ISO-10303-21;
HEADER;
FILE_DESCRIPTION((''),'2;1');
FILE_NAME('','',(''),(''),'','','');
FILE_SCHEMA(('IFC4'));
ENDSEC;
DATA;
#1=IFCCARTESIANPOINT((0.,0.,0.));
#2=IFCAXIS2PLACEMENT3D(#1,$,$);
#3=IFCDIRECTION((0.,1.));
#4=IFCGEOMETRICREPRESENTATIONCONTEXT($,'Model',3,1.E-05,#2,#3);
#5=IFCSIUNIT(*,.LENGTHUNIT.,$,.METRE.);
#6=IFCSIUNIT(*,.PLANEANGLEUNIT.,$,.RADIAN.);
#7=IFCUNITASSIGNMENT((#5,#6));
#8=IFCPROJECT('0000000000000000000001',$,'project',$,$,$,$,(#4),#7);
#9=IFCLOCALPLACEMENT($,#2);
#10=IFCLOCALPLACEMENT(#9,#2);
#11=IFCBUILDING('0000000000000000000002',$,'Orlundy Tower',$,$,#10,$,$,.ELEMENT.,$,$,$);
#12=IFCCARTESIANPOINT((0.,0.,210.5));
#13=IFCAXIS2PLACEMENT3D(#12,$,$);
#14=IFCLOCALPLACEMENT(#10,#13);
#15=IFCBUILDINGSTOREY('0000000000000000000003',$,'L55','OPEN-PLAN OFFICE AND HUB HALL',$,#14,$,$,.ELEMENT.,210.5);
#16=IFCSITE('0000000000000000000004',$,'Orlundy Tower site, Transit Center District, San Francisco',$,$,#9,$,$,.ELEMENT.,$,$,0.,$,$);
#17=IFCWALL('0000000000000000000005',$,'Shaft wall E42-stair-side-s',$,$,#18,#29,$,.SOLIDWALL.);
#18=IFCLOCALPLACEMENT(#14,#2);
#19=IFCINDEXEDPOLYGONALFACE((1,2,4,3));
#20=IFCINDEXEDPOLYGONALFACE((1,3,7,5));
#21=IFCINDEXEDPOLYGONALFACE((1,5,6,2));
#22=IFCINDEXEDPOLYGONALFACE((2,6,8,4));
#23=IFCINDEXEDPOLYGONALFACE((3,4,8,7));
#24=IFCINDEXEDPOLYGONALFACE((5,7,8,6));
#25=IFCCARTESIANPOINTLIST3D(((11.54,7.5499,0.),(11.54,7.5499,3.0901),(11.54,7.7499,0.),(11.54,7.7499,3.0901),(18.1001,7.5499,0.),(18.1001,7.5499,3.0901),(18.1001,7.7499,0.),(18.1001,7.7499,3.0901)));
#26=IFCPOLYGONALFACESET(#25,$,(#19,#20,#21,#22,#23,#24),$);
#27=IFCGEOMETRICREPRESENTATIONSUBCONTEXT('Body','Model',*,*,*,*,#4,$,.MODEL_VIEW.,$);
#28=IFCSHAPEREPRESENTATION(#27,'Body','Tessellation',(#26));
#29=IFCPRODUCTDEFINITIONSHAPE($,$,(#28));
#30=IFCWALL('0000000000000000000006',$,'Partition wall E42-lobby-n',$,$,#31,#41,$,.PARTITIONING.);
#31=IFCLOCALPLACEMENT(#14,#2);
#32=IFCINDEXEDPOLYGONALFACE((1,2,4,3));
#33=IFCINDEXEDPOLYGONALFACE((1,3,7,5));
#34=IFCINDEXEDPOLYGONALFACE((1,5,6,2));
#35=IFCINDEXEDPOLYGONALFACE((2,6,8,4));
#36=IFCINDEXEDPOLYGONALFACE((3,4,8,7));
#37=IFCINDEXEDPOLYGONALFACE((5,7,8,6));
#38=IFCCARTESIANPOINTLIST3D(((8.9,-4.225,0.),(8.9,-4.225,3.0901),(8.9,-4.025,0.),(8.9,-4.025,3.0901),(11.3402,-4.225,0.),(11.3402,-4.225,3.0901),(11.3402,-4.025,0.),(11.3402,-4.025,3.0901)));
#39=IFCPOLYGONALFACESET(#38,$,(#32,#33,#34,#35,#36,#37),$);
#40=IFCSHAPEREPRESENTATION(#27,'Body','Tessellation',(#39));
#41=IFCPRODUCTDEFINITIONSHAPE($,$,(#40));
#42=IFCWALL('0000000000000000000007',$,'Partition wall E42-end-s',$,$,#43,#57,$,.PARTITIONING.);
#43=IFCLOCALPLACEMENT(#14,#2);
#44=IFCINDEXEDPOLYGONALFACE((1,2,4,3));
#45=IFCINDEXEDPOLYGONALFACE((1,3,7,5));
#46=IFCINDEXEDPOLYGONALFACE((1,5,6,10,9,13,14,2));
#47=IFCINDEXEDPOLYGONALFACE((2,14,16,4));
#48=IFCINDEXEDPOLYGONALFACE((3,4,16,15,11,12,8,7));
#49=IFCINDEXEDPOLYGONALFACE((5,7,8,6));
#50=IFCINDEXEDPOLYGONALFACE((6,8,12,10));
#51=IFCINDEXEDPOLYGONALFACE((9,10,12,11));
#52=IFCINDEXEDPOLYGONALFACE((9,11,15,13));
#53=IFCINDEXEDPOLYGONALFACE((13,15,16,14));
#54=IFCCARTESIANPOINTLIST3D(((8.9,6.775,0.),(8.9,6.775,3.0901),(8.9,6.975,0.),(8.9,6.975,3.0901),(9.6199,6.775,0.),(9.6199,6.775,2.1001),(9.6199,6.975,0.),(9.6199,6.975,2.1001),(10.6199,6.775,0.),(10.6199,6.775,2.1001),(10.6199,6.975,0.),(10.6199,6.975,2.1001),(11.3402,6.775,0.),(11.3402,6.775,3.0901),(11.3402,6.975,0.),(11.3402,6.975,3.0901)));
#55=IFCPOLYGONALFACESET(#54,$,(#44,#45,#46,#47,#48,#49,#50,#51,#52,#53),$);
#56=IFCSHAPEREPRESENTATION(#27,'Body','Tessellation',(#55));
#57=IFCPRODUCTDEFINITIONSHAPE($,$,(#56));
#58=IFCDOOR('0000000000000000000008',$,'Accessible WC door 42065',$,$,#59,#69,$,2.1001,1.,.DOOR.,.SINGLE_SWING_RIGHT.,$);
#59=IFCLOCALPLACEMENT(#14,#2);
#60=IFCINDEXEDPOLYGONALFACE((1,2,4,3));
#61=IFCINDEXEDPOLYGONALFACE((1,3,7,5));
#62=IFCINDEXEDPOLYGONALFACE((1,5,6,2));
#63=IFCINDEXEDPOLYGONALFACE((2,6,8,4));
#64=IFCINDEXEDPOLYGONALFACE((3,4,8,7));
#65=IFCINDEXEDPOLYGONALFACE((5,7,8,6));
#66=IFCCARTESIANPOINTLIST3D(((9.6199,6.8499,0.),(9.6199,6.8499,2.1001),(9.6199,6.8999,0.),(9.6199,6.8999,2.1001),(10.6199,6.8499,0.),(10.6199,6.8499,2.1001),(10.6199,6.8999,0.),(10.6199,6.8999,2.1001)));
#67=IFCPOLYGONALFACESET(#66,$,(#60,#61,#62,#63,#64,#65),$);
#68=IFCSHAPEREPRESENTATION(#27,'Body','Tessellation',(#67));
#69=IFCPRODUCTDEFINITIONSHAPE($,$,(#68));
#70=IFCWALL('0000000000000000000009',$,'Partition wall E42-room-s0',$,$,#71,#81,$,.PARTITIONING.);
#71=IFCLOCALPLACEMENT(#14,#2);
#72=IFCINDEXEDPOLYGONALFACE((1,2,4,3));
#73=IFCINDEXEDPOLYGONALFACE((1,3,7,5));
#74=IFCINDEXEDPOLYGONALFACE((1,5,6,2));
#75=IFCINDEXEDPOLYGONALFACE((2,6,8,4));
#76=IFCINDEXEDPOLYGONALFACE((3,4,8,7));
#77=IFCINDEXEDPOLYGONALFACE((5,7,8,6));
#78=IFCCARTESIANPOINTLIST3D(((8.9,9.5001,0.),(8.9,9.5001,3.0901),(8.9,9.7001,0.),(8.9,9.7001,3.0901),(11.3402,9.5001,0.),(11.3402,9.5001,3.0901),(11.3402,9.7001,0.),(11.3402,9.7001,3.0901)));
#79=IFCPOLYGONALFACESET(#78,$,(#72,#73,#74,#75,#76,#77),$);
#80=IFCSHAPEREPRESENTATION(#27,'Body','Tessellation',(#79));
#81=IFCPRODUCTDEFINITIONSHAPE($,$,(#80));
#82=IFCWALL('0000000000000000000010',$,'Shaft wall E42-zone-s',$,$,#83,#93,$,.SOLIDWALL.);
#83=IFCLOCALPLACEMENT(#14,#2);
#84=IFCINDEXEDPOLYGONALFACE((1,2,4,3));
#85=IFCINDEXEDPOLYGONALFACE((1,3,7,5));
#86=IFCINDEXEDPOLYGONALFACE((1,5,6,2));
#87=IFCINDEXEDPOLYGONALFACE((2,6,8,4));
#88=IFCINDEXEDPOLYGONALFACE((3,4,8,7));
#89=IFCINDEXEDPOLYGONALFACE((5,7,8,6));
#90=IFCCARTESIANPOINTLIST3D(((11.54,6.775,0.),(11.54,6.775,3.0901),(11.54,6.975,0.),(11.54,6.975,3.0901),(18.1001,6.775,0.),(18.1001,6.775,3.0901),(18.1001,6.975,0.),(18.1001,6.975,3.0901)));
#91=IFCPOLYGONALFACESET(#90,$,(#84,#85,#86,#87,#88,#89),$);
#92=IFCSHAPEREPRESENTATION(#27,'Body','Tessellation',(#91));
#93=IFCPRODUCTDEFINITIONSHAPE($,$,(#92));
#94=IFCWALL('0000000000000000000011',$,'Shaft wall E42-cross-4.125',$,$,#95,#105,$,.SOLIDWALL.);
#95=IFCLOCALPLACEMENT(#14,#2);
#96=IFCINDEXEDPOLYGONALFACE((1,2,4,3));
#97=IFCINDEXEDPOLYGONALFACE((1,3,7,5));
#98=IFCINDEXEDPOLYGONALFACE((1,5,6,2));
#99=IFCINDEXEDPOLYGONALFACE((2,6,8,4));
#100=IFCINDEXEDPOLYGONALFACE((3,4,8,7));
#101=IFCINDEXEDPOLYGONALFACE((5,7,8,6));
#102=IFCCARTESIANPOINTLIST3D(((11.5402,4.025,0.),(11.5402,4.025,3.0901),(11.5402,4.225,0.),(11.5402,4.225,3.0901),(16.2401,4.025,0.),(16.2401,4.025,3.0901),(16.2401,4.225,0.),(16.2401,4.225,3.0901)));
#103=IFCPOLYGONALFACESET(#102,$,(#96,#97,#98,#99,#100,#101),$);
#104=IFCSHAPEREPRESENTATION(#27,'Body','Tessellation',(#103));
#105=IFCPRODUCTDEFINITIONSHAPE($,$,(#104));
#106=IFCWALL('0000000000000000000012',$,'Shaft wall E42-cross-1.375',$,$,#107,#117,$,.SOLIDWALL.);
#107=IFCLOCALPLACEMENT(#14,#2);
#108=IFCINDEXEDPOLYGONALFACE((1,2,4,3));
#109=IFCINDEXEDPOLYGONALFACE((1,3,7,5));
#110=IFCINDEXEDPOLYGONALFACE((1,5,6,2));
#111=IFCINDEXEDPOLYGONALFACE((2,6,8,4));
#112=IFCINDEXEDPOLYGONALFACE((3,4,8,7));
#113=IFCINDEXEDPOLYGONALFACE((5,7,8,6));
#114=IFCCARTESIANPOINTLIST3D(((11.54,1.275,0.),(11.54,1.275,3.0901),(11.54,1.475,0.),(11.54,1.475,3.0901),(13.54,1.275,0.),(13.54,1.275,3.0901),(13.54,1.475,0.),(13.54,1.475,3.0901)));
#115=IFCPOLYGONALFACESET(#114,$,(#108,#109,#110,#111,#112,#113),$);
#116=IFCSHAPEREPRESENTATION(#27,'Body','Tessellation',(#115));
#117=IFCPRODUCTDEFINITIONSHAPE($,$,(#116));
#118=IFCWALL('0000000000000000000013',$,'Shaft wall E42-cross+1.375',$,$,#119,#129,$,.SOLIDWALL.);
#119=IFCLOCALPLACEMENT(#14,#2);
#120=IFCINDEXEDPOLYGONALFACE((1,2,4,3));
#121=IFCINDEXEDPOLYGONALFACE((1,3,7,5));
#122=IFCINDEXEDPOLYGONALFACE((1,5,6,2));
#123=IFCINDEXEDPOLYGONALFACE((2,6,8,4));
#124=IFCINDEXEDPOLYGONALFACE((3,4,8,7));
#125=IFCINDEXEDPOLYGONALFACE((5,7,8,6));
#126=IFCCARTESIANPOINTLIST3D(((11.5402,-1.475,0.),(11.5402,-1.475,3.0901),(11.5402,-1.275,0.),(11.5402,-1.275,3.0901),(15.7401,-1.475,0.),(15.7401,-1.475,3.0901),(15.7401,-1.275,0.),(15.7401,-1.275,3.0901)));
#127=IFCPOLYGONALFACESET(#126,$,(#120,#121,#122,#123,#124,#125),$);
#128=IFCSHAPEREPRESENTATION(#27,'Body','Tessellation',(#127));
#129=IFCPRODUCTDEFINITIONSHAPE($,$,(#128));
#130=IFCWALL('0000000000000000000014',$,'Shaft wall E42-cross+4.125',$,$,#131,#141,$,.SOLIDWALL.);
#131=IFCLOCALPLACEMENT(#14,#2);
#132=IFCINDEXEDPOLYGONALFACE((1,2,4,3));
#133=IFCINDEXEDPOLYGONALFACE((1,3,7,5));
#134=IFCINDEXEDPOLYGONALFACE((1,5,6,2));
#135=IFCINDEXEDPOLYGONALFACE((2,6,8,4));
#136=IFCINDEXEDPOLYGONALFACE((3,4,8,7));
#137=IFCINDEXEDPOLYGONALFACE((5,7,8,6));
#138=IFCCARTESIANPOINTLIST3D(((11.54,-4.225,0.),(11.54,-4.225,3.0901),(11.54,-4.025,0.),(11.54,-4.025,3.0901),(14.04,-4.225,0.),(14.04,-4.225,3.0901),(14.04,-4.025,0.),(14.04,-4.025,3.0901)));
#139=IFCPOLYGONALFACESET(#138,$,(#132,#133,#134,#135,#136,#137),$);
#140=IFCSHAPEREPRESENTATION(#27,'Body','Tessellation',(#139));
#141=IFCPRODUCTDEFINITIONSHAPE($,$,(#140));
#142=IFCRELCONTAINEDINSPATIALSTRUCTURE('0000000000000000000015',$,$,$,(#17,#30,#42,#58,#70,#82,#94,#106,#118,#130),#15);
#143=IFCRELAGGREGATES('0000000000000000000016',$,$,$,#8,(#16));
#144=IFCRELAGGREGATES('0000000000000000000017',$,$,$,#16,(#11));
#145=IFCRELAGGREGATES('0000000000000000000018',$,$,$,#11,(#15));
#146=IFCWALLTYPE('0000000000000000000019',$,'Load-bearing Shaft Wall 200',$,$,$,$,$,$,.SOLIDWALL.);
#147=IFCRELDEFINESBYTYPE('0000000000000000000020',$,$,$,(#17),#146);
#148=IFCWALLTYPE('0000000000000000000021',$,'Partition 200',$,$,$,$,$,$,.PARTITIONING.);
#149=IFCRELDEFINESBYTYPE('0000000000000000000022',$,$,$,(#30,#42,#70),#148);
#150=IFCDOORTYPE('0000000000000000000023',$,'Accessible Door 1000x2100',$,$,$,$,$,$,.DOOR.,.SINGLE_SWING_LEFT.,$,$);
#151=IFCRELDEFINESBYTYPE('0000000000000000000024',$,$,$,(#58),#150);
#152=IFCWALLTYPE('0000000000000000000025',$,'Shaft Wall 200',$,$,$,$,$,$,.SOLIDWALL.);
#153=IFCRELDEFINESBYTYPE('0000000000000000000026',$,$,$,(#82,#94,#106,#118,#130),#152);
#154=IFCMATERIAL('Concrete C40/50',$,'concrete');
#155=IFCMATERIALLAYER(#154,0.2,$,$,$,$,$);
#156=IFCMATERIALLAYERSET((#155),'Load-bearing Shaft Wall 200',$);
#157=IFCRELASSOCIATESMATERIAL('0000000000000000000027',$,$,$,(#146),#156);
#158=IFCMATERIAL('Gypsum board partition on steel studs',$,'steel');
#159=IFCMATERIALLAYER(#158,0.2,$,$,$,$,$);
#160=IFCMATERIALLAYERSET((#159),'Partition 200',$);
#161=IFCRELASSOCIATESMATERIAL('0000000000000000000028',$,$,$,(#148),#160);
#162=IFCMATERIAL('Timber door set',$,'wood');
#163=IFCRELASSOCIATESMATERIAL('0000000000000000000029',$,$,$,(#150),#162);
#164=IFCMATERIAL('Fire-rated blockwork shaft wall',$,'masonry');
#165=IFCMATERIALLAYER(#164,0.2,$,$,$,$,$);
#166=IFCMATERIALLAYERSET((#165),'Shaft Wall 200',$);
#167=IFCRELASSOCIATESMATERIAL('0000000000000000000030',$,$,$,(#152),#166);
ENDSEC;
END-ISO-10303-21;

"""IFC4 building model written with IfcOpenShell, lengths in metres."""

from ifc_helpers import new_model, si_unit, direction, frame, frame_2d, origin, place, context, subcontext, project, spatial, rectangle, extrude, material, layer, layer_set, type_object, element, fill, save


model = new_model("IFC4")

# Units and contexts
model_context = context("Model", 3, precision=1e-05, world=origin(), true_north=direction((0.0, 1.0)))
body_context = subcontext(model_context, "Body", "Model", "MODEL_VIEW")
ifc_project = project(units=[si_unit("LENGTHUNIT", "METRE"), si_unit("PLANEANGLEUNIT", "RADIAN")], contexts=[model_context])

# Site, building, storey
site_placement = place(None, origin())
site = spatial("IfcSite", under=ifc_project, at=site_placement, Name="Orlundy Tower site, Transit Center District, San Francisco", CompositionType="ELEMENT", RefElevation=0.0)
building_placement = place(site_placement, origin())
building = spatial("IfcBuilding", under=site, at=building_placement, Name="Orlundy Tower", CompositionType="ELEMENT")
storey_placement = place(building_placement, frame((0.0, 0.0, 210.5)))
storey = spatial("IfcBuildingStorey", under=building, at=storey_placement, Name="L55", Description="OPEN-PLAN OFFICE AND HUB HALL", CompositionType="ELEMENT", Elevation=210.5)

# Walls
ifc_material_1 = material(Name="Concrete C40/50", Category="concrete")
ifc_layer_1 = layer(ifc_material_1, 0.2)
ifc_layer_set_1 = layer_set([ifc_layer_1], Name="Load-bearing Shaft Wall 200")
wall_type_1 = type_object("IfcWallType", Name="Load-bearing Shaft Wall 200", PredefinedType="SOLIDWALL", material=ifc_layer_set_1)
wall_1_placement = place(storey_placement, frame((11.54, 7.6499, 0.0), z_axis=(0.0, 0.0, 1.0), x_axis=(1.0, 0.0, 0.0)))
element("IfcWall", 1, at=wall_1_placement, inside=storey, type_object=wall_type_1, Name="Shaft wall E42-stair-side-s", PredefinedType="SOLIDWALL", context=body_context, shape_type="SweptSolid", body=[
    extrude(rectangle(XDim=6.5601, YDim=0.2, at=frame_2d((3.28, 0.0))), origin(), (0.0, 0.0, 1.0), 3.0901),
])
ifc_material_2 = material(Name="Gypsum board partition on steel studs", Category="steel")
ifc_layer_2 = layer(ifc_material_2, 0.2)
ifc_layer_set_2 = layer_set([ifc_layer_2], Name="Partition 200")
wall_type_2 = type_object("IfcWallType", Name="Partition 200", PredefinedType="PARTITIONING", material=ifc_layer_set_2)
wall_2_placement = place(storey_placement, frame((8.8999, -4.125, 0.0), z_axis=(0.0, 0.0, 1.0), x_axis=(1.0, 0.0, 0.0)))
element("IfcWall", 2, at=wall_2_placement, inside=storey, type_object=wall_type_2, Name="Partition wall E42-lobby-n", PredefinedType="PARTITIONING", context=body_context, shape_type="SweptSolid", body=[
    extrude(rectangle(XDim=2.4402, YDim=0.2, at=frame_2d((1.2202, 0.0))), origin(), (0.0, 0.0, 1.0), 3.0901),
])

# Wall, opening, door
wall_3_placement = place(storey_placement, frame((8.8999, 6.875, 0.0), z_axis=(0.0, 0.0, 1.0), x_axis=(1.0, 0.0, 0.0)))
wall_3 = element("IfcWall", 3, at=wall_3_placement, inside=storey, type_object=wall_type_2, Name="Partition wall E42-end-s", PredefinedType="PARTITIONING", context=body_context, shape_type="SweptSolid", body=[
    extrude(rectangle(XDim=2.4402, YDim=0.2, at=frame_2d((1.2202, 0.0))), origin(), (0.0, 0.0, 1.0), 3.0901),
])
opening_1_placement = place(wall_3_placement, frame((0.72, 0.0, 0.0)))
opening_1 = element("IfcOpeningElement", 4, at=opening_1_placement, cuts=wall_3, PredefinedType="OPENING", context=body_context, shape_type="SweptSolid", body=[
    extrude(rectangle(XDim=1.0, YDim=2.1001, at=frame_2d((0.5, 1.05))), frame((0.0, 0.1101, 0.0), z_axis=(0.0, -1.0, 0.0), x_axis=(1.0, 0.0, 0.0)), (0.0, 0.0, 1.0), 0.2202),
])
ifc_material_3 = material(Name="Timber door set", Category="wood")
door_type_1 = type_object("IfcDoorType", Name="Accessible Door 1000x2100", OperationType="SINGLE_SWING_LEFT", PredefinedType="DOOR", material=ifc_material_3)
door_1_placement = place(opening_1_placement, origin())
door_1 = element("IfcDoor", 5, at=door_1_placement, inside=storey, type_object=door_type_1, Name="Accessible WC door 42065", OperationType="SINGLE_SWING_RIGHT", OverallHeight=2.1001, OverallWidth=1.0, PredefinedType="DOOR", context=body_context, shape_type="SweptSolid", body=[
    extrude(rectangle(XDim=1.0, YDim=2.1001, at=frame_2d((0.5, 1.05))), frame((0.0, 0.0249, 0.0), z_axis=(0.0, -1.0, 0.0), x_axis=(1.0, 0.0, 0.0)), (0.0, 0.0, 1.0), 0.05),
])
fill(opening_1, door_1)

# Walls
wall_4_placement = place(storey_placement, frame((8.8999, 9.6001, 0.0), z_axis=(0.0, 0.0, 1.0), x_axis=(1.0, 0.0, 0.0)))
element("IfcWall", 6, at=wall_4_placement, inside=storey, type_object=wall_type_2, Name="Partition wall E42-room-s0", PredefinedType="PARTITIONING", context=body_context, shape_type="SweptSolid", body=[
    extrude(rectangle(XDim=2.4402, YDim=0.2, at=frame_2d((1.2202, 0.0))), origin(), (0.0, 0.0, 1.0), 3.0901),
])
ifc_material_4 = material(Name="Fire-rated blockwork shaft wall", Category="masonry")
ifc_layer_3 = layer(ifc_material_4, 0.2)
ifc_layer_set_3 = layer_set([ifc_layer_3], Name="Shaft Wall 200")
wall_type_3 = type_object("IfcWallType", Name="Shaft Wall 200", PredefinedType="SOLIDWALL", material=ifc_layer_set_3)
wall_5_placement = place(storey_placement, frame((11.54, 6.875, 0.0), z_axis=(0.0, 0.0, 1.0), x_axis=(1.0, 0.0, 0.0)))
element("IfcWall", 7, at=wall_5_placement, inside=storey, type_object=wall_type_3, Name="Shaft wall E42-zone-s", PredefinedType="SOLIDWALL", context=body_context, shape_type="SweptSolid", body=[
    extrude(rectangle(XDim=6.5601, YDim=0.2, at=frame_2d((3.28, 0.0))), origin(), (0.0, 0.0, 1.0), 3.0901),
])
wall_6_placement = place(storey_placement, frame((11.54, 4.125, 0.0), z_axis=(0.0, 0.0, 1.0), x_axis=(1.0, 0.0, 0.0)))
element("IfcWall", 8, at=wall_6_placement, inside=storey, type_object=wall_type_3, Name="Shaft wall E42-cross-4.125", PredefinedType="SOLIDWALL", context=body_context, shape_type="SweptSolid", body=[
    extrude(rectangle(XDim=4.7, YDim=0.2, at=frame_2d((2.3501, 0.0))), origin(), (0.0, 0.0, 1.0), 3.0901),
])
wall_7_placement = place(storey_placement, frame((11.54, 1.375, 0.0), z_axis=(0.0, 0.0, 1.0), x_axis=(1.0, 0.0, 0.0)))
element("IfcWall", 9, at=wall_7_placement, inside=storey, type_object=wall_type_3, Name="Shaft wall E42-cross-1.375", PredefinedType="SOLIDWALL", context=body_context, shape_type="SweptSolid", body=[
    extrude(rectangle(XDim=2.0, YDim=0.2, at=frame_2d((1.0, 0.0))), origin(), (0.0, 0.0, 1.0), 3.0901),
])
wall_8_placement = place(storey_placement, frame((11.54, -1.375, 0.0), z_axis=(0.0, 0.0, 1.0), x_axis=(1.0, 0.0, 0.0)))
element("IfcWall", 10, at=wall_8_placement, inside=storey, type_object=wall_type_3, Name="Shaft wall E42-cross+1.375", PredefinedType="SOLIDWALL", context=body_context, shape_type="SweptSolid", body=[
    extrude(rectangle(XDim=4.2, YDim=0.2, at=frame_2d((2.1001, 0.0))), origin(), (0.0, 0.0, 1.0), 3.0901),
])
wall_9_placement = place(storey_placement, frame((11.54, -4.125, 0.0), z_axis=(0.0, 0.0, 1.0), x_axis=(1.0, 0.0, 0.0)))
element("IfcWall", 11, at=wall_9_placement, inside=storey, type_object=wall_type_3, Name="Shaft wall E42-cross+4.125", PredefinedType="SOLIDWALL", context=body_context, shape_type="SweptSolid", body=[
    extrude(rectangle(XDim=2.5, YDim=0.2, at=frame_2d((1.25, 0.0))), origin(), (0.0, 0.0, 1.0), 3.0901),
])

save(model, "model.ifc")
